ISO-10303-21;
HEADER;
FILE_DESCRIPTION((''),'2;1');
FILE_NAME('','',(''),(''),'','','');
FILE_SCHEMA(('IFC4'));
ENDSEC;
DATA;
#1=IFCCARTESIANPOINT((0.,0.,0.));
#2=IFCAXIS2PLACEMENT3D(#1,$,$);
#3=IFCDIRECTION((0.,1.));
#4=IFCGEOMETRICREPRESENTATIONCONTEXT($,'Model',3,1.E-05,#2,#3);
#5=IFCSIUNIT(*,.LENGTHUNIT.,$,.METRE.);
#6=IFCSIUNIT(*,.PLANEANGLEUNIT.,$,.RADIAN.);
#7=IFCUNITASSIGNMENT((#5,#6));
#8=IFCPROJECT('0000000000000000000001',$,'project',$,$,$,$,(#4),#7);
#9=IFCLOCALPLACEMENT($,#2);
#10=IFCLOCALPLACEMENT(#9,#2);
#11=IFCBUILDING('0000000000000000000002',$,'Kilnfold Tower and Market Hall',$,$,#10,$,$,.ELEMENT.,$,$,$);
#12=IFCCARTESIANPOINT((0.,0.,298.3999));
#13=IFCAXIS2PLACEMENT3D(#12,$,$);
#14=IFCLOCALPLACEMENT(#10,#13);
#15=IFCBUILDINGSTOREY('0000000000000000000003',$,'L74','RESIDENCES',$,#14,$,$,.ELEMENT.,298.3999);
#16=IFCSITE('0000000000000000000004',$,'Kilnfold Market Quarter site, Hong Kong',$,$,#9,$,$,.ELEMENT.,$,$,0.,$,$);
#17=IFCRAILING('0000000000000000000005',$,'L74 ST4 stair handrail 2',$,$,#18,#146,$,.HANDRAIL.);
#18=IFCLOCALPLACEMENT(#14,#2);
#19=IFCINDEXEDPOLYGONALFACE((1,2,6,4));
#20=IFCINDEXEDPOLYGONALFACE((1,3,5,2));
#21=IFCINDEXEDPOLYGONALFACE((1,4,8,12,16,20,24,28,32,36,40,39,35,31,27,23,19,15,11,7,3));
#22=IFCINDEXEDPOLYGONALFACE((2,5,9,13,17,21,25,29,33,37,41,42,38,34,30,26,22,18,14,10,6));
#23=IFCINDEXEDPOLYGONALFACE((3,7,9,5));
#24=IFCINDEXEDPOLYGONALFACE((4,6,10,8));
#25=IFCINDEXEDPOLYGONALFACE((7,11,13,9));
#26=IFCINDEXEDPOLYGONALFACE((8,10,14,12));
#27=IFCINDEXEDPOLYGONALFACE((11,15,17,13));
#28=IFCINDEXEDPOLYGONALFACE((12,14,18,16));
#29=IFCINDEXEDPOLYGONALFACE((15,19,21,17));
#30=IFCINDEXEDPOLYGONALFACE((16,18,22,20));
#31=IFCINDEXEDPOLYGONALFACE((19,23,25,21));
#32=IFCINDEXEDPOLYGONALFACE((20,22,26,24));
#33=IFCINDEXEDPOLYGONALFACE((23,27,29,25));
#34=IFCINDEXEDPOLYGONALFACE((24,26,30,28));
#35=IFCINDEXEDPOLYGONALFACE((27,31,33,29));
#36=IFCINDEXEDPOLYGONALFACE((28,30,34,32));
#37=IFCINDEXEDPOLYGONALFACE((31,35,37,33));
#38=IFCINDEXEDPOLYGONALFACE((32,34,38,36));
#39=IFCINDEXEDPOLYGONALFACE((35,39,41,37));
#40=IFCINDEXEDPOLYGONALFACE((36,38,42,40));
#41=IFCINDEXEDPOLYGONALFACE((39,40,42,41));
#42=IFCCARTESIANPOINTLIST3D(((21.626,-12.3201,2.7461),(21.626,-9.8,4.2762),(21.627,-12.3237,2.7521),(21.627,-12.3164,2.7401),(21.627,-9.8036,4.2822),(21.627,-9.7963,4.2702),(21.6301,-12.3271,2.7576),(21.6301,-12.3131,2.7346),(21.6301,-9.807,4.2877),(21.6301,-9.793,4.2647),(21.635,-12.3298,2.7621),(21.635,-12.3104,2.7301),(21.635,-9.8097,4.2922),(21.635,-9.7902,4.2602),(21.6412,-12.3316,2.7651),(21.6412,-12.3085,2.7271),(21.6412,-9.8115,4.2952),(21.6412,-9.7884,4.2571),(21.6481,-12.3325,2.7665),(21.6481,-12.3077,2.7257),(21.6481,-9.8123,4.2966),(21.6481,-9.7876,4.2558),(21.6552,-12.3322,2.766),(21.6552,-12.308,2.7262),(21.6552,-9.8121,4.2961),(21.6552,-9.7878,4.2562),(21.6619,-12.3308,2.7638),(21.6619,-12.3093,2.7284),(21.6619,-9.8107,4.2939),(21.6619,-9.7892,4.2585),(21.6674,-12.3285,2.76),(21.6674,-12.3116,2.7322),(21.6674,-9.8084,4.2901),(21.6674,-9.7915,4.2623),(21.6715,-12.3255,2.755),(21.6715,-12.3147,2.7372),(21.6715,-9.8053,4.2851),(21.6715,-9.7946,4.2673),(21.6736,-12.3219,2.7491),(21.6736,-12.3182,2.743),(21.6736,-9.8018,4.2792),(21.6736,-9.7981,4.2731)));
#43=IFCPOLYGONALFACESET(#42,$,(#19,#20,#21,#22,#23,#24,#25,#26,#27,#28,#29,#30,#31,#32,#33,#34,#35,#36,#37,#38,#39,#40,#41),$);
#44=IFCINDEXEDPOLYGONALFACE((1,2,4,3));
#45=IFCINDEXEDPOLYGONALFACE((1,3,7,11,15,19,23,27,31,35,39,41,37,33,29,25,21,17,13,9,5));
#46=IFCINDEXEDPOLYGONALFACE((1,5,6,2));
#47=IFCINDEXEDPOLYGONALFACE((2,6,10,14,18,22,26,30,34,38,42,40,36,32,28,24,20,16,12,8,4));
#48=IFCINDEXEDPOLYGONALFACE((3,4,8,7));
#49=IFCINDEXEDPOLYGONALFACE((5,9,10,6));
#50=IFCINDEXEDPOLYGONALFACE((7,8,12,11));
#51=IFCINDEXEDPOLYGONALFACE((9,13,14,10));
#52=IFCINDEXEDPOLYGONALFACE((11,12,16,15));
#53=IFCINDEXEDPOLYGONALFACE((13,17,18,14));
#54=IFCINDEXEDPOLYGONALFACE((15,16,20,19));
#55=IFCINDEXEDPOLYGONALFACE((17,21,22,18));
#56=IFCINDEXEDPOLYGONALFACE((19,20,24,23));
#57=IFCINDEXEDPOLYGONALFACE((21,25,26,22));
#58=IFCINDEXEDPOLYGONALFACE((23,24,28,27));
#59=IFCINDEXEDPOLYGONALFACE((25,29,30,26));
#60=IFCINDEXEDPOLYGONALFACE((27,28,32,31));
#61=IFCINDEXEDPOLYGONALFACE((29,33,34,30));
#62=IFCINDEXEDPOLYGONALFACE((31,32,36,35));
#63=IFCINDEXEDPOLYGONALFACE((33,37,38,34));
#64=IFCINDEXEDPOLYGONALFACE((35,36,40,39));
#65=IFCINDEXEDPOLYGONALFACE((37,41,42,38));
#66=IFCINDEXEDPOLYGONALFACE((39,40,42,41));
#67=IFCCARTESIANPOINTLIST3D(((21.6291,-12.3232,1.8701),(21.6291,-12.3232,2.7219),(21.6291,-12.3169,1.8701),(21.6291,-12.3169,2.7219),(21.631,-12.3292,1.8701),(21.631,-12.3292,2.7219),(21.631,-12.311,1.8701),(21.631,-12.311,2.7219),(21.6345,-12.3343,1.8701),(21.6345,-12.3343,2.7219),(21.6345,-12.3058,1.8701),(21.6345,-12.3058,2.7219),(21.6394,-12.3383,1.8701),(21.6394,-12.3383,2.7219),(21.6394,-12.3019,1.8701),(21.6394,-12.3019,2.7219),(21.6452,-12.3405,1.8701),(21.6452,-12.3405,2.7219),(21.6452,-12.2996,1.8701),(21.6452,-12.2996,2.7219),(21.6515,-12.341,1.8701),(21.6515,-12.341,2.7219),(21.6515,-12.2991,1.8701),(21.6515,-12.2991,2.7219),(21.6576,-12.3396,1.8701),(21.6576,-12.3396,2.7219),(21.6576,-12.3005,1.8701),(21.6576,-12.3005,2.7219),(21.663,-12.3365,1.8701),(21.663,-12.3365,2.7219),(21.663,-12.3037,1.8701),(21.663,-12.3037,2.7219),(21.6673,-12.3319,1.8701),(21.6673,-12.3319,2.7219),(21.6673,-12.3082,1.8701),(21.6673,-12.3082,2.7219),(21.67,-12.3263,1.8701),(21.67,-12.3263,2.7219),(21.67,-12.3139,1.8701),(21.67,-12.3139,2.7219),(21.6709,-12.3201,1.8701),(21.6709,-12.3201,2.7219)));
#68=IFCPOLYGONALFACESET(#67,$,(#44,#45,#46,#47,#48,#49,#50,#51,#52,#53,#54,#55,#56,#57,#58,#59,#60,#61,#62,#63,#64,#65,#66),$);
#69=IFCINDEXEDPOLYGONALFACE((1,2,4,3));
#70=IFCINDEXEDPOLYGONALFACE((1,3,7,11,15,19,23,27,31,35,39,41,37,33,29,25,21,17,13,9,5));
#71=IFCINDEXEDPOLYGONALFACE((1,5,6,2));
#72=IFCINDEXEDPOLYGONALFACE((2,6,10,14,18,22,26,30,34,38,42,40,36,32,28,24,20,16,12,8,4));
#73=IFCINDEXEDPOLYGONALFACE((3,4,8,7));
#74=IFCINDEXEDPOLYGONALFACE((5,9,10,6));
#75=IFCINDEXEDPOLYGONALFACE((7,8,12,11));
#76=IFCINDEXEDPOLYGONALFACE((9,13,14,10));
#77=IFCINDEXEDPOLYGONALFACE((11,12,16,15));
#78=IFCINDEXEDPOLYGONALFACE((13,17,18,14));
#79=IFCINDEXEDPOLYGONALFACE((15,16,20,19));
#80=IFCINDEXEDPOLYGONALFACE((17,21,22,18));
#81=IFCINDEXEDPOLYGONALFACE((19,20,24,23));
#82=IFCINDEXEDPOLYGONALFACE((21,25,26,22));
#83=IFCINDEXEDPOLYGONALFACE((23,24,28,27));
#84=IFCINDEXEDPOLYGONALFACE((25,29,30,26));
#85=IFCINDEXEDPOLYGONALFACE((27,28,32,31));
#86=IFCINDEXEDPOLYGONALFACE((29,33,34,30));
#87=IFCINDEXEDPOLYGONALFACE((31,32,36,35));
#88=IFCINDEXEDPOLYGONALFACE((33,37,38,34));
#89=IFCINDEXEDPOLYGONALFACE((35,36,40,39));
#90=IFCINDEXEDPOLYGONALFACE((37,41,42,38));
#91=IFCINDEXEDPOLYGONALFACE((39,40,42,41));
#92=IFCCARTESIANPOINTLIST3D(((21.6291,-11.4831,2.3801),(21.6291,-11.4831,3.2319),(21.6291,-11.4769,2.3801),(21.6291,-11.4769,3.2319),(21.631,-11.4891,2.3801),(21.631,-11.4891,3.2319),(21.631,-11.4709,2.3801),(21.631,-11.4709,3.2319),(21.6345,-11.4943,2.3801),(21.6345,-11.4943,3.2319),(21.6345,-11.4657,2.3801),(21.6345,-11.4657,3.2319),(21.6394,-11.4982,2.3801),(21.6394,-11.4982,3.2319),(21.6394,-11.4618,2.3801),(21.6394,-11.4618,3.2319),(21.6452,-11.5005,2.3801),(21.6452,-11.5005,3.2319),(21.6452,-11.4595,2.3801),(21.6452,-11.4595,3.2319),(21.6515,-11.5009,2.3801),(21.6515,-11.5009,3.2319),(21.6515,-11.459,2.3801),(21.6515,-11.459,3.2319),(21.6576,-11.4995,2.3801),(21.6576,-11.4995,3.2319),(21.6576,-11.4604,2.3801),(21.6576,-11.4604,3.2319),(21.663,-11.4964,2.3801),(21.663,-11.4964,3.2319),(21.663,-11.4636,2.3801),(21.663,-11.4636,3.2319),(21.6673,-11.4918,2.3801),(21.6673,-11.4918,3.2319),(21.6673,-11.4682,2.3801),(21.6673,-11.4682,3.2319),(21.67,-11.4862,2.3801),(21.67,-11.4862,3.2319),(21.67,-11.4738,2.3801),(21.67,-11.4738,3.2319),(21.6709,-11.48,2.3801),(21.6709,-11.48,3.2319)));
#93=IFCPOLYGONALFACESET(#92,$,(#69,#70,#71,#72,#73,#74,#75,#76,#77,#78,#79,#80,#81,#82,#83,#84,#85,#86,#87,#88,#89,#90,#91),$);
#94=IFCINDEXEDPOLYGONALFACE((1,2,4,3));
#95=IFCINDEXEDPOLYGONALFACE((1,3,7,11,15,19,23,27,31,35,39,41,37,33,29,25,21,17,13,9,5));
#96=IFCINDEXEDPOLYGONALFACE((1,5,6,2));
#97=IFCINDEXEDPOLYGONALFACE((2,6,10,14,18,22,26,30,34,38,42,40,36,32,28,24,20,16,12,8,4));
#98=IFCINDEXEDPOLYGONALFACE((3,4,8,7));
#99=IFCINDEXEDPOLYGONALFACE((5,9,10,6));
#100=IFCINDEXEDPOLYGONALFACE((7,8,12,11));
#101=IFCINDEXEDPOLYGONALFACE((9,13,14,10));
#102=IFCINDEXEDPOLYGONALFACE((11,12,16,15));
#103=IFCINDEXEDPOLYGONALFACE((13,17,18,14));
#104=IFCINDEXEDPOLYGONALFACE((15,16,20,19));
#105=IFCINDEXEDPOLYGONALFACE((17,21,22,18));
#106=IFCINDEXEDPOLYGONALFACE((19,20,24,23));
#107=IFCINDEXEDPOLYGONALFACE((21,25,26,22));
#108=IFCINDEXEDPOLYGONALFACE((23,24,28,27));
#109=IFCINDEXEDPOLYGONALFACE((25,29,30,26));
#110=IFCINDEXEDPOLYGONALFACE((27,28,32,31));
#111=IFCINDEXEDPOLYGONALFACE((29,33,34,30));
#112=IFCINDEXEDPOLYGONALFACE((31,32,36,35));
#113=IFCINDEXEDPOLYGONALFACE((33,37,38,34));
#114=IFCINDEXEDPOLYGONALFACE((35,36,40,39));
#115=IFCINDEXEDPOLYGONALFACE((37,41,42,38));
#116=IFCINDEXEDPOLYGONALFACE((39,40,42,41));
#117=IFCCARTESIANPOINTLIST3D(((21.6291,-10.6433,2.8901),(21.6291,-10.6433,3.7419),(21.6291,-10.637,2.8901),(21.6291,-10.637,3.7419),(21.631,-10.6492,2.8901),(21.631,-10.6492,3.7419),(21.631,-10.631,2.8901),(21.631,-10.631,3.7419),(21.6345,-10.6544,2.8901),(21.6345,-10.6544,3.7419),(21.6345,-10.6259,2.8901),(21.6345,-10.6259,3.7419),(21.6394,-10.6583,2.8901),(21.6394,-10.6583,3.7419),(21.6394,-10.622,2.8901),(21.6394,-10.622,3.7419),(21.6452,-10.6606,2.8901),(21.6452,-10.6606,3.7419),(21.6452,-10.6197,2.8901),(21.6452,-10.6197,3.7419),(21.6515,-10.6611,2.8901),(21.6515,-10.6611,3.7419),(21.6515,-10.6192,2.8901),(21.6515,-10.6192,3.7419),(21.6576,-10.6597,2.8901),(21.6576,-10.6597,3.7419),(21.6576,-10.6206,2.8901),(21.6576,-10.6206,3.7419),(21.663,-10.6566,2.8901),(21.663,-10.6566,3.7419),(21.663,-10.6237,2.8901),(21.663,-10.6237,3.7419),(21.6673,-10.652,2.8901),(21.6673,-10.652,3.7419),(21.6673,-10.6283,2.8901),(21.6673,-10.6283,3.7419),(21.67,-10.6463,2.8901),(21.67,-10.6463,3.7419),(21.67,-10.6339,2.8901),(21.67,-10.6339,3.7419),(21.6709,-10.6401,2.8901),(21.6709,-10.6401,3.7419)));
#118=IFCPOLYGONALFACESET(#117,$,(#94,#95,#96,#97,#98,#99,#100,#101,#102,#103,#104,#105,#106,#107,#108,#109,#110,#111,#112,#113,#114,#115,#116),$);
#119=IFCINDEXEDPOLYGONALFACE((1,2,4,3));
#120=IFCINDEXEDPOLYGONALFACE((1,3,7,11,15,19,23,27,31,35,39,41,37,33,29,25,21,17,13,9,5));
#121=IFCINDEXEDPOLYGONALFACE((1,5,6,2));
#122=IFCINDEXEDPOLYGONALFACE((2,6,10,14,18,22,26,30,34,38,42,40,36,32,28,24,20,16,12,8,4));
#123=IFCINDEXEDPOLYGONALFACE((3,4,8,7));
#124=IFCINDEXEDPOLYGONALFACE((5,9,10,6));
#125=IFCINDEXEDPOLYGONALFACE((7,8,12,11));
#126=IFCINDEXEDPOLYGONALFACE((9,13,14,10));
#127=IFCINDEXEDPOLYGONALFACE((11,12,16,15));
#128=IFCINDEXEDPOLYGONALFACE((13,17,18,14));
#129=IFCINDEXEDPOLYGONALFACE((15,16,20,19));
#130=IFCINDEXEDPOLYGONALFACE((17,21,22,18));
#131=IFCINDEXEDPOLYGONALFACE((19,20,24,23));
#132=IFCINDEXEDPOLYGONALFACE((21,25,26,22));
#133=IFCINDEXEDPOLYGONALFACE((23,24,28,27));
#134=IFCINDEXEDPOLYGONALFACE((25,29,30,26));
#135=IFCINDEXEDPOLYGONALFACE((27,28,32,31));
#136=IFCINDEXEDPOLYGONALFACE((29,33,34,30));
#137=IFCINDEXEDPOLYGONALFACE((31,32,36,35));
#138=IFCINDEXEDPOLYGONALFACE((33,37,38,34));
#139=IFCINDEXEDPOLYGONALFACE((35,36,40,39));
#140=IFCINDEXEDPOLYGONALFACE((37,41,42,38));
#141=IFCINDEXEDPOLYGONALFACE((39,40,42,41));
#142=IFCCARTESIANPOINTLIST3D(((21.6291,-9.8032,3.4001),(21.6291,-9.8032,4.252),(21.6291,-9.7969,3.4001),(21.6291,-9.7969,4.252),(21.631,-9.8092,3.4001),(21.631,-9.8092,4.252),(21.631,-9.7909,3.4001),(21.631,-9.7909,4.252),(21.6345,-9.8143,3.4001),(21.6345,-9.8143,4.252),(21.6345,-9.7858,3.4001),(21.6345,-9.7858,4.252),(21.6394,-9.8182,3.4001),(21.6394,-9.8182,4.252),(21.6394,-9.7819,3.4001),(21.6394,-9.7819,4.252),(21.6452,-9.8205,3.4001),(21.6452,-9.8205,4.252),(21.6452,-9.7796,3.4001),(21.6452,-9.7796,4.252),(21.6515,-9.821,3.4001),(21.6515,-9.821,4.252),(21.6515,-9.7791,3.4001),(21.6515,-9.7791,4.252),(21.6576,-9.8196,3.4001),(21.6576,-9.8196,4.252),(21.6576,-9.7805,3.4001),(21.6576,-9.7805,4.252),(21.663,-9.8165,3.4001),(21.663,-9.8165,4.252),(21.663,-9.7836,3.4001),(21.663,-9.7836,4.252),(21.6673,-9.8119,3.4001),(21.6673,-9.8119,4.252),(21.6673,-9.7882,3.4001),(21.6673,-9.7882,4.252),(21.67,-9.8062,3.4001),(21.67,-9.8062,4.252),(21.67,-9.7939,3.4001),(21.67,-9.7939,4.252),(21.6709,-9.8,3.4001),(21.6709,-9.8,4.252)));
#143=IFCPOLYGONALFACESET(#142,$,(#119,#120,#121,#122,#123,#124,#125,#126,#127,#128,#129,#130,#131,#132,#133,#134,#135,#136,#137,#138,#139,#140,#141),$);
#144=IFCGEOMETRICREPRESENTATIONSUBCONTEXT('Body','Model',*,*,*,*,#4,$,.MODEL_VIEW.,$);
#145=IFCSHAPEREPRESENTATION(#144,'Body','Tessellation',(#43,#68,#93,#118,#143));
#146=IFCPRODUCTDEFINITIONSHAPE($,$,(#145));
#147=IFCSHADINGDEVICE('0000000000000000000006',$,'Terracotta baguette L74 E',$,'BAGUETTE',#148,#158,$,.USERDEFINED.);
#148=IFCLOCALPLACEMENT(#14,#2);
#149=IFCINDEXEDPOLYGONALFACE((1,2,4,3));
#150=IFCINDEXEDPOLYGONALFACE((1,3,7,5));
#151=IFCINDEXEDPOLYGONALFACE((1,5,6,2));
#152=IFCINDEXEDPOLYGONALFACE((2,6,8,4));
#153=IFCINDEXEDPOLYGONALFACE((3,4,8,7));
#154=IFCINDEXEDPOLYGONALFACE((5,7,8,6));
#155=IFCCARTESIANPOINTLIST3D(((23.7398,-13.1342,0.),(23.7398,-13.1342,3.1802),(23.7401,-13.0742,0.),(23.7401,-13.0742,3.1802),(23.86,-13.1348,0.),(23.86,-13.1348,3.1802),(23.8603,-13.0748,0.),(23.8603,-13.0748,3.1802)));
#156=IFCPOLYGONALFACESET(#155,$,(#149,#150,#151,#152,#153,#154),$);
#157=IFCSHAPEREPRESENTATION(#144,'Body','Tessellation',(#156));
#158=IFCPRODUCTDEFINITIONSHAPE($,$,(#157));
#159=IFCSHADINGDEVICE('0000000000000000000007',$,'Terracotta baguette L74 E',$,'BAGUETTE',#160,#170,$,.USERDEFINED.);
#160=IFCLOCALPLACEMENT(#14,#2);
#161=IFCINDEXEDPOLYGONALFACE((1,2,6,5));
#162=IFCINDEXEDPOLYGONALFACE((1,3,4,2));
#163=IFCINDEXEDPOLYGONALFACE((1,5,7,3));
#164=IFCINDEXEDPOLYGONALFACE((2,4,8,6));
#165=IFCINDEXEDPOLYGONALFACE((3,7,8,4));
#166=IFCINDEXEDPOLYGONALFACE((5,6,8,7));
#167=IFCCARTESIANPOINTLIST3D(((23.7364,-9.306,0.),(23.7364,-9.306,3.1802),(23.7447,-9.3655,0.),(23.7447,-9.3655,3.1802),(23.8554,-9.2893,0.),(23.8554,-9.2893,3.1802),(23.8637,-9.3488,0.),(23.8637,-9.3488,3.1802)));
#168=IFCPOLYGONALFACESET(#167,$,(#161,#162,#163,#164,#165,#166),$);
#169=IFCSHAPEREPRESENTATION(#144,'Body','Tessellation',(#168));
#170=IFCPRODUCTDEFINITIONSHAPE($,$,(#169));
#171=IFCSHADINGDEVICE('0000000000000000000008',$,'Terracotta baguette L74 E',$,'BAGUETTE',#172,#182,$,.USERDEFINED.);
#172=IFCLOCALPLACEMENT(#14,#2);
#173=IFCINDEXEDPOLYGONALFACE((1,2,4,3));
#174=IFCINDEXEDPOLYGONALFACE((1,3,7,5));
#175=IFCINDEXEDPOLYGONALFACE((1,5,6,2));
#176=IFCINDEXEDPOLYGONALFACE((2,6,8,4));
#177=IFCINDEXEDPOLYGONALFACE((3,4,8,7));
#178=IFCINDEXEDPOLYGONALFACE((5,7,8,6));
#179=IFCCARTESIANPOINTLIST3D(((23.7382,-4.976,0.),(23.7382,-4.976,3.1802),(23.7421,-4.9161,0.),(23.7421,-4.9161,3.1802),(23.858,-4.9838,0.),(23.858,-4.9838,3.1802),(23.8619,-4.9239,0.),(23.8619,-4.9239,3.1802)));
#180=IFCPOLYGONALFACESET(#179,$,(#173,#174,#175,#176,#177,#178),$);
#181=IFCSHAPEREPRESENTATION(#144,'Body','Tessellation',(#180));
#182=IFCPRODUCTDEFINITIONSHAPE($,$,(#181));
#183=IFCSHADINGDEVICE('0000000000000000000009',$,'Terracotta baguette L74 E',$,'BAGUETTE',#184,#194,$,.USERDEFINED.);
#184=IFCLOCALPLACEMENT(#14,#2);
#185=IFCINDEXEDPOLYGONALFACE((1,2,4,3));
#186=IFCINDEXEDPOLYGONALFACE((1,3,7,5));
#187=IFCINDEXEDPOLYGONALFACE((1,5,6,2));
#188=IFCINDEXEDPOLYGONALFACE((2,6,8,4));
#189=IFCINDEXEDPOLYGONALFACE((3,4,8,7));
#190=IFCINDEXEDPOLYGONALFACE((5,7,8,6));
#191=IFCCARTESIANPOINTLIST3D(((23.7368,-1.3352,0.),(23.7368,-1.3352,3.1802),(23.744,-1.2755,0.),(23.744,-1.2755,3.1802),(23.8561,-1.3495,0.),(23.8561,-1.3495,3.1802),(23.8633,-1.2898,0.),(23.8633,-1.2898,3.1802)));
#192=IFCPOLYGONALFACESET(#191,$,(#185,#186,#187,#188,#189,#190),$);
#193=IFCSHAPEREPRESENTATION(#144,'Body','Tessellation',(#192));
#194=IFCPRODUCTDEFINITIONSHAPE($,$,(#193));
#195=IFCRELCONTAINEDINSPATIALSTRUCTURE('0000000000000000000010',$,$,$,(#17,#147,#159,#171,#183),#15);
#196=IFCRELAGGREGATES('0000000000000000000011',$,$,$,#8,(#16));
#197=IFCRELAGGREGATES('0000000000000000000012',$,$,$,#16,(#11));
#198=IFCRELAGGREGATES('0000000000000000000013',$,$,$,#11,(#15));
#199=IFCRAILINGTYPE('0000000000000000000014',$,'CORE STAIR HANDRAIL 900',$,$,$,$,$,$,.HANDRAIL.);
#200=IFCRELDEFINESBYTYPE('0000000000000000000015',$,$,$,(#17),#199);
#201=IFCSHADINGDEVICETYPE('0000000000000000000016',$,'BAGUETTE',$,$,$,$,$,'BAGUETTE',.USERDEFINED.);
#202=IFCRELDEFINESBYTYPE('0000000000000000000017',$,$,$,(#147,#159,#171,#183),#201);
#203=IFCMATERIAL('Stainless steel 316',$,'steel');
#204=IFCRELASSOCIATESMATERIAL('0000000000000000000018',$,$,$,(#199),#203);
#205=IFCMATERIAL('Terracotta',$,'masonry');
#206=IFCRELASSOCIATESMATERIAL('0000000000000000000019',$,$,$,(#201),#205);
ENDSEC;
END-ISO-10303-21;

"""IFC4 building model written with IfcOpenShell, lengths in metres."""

from ifc_helpers import new_model, si_unit, direction, frame, origin, origin_2d, place, context, subcontext, project, spatial, rectangle, circle, extrude, source, transform, mapped, material, material_profile, profile_set, type_object, element, save


model = new_model("IFC4")

# Units and contexts
model_context = context("Model", 3, precision=1e-05, world=origin(), true_north=direction((0.0, 1.0)))
body_context = subcontext(model_context, "Body", "Model", "MODEL_VIEW")
ifc_project = project(units=[si_unit("LENGTHUNIT", "METRE"), si_unit("PLANEANGLEUNIT", "RADIAN")], contexts=[model_context])

# Site, building, storey
site_placement = place(None, origin())
site = spatial("IfcSite", under=ifc_project, at=site_placement, Name="Kilnfold Market Quarter site, Hong Kong", CompositionType="ELEMENT", RefElevation=0.0)
building_placement = place(site_placement, origin())
building = spatial("IfcBuilding", under=site, at=building_placement, Name="Kilnfold Tower and Market Hall", CompositionType="ELEMENT")
storey_placement = place(building_placement, frame((0.0, 0.0, 298.3999)))
storey = spatial("IfcBuildingStorey", under=building, at=storey_placement, Name="L74", Description="RESIDENCES", CompositionType="ELEMENT", Elevation=298.3999)

# Railing
ifc_material_1 = material(Name="Stainless steel 316", Category="steel")
railing_type_1 = type_object("IfcRailingType", Name="CORE STAIR HANDRAIL 900", PredefinedType="HANDRAIL", material=ifc_material_1)
railing_1_placement = place(storey_placement, frame((21.6499, -12.3201, 1.8701)))
element("IfcRailing", 1, at=railing_1_placement, inside=storey, type_object=railing_type_1, Name="L74 ST4 stair handrail 2", PredefinedType="HANDRAIL", context=body_context, shape_type="SweptSolid", body=[
    extrude(circle(Radius=0.0239, at=origin_2d()), frame((0.0, 0.0, 0.876), z_axis=(0.0, 0.854785, 0.518982), x_axis=(-1.0, 0.0, 0.0)), (0.0, 0.0, 1.0), 2.9482),
    extrude(circle(Radius=0.021, at=origin_2d()), origin(), (0.0, 0.0, 1.0), 0.8518),
    extrude(circle(Radius=0.021, at=origin_2d()), frame((0.0, 0.8401, 0.51)), (0.0, 0.0, 1.0), 0.8518),
    extrude(circle(Radius=0.021, at=origin_2d()), frame((0.0, 1.6799, 1.02)), (0.0, 0.0, 1.0), 0.8518),
    extrude(circle(Radius=0.021, at=origin_2d()), frame((0.0, 2.52, 1.53)), (0.0, 0.0, 1.0), 0.8518),
])

# Shading devices
ifc_material_2 = material(Name="Terracotta", Category="masonry")
ifc_material_profile_1 = material_profile(ifc_material_2, rectangle(XDim=0.0601, YDim=0.1201, at=origin_2d()), Name="BAG 60x120")
ifc_profile_set_1 = profile_set([ifc_material_profile_1], Name="Terracotta")
shading_device_type = type_object("IfcShadingDeviceType", Name="BAGUETTE", ElementType="BAGUETTE", PredefinedType="USERDEFINED", material=ifc_profile_set_1)
shared_shape_1 = source(origin(), body_context, "Body", "SweptSolid", [
    extrude(rectangle(XDim=0.0601, YDim=0.1201, at=origin_2d()), origin(), (0.0, 0.0, 1.0), 3.1802),
])
for number, where, z_axis, x_axis, name in (
    (2, (23.8, -13.1045, 0.0), (0.0, 0.0, 1.0), (0.005184, 0.999987, 0.0), "Terracotta baguette L74 E"),
    (3, (23.8, -9.3274, 0.0), (0.0, 0.0, 1.0), (-0.138648, 0.990342, 0.0), "Terracotta baguette L74 E"),
    (4, (23.8, -4.95, 0.0), (0.0, 0.0, 1.0), (0.064555, 0.997914, 0.0), "Terracotta baguette L74 E"),
    (5, (23.8, -1.3125, 0.0), (0.0, 0.0, 1.0), (0.119279, 0.992861, 0.0), "Terracotta baguette L74 E"),
):
    element("IfcShadingDevice", number, at=place(storey_placement, frame(where, z_axis=z_axis, x_axis=x_axis)), inside=storey, type_object=shading_device_type, Name=name, ObjectType="BAGUETTE", PredefinedType="USERDEFINED", context=body_context, shape_type="MappedRepresentation", body=[
        mapped(shared_shape_1, transform((0.0, 0.0, 0.0))),
    ])

save(model, "model.ifc")
